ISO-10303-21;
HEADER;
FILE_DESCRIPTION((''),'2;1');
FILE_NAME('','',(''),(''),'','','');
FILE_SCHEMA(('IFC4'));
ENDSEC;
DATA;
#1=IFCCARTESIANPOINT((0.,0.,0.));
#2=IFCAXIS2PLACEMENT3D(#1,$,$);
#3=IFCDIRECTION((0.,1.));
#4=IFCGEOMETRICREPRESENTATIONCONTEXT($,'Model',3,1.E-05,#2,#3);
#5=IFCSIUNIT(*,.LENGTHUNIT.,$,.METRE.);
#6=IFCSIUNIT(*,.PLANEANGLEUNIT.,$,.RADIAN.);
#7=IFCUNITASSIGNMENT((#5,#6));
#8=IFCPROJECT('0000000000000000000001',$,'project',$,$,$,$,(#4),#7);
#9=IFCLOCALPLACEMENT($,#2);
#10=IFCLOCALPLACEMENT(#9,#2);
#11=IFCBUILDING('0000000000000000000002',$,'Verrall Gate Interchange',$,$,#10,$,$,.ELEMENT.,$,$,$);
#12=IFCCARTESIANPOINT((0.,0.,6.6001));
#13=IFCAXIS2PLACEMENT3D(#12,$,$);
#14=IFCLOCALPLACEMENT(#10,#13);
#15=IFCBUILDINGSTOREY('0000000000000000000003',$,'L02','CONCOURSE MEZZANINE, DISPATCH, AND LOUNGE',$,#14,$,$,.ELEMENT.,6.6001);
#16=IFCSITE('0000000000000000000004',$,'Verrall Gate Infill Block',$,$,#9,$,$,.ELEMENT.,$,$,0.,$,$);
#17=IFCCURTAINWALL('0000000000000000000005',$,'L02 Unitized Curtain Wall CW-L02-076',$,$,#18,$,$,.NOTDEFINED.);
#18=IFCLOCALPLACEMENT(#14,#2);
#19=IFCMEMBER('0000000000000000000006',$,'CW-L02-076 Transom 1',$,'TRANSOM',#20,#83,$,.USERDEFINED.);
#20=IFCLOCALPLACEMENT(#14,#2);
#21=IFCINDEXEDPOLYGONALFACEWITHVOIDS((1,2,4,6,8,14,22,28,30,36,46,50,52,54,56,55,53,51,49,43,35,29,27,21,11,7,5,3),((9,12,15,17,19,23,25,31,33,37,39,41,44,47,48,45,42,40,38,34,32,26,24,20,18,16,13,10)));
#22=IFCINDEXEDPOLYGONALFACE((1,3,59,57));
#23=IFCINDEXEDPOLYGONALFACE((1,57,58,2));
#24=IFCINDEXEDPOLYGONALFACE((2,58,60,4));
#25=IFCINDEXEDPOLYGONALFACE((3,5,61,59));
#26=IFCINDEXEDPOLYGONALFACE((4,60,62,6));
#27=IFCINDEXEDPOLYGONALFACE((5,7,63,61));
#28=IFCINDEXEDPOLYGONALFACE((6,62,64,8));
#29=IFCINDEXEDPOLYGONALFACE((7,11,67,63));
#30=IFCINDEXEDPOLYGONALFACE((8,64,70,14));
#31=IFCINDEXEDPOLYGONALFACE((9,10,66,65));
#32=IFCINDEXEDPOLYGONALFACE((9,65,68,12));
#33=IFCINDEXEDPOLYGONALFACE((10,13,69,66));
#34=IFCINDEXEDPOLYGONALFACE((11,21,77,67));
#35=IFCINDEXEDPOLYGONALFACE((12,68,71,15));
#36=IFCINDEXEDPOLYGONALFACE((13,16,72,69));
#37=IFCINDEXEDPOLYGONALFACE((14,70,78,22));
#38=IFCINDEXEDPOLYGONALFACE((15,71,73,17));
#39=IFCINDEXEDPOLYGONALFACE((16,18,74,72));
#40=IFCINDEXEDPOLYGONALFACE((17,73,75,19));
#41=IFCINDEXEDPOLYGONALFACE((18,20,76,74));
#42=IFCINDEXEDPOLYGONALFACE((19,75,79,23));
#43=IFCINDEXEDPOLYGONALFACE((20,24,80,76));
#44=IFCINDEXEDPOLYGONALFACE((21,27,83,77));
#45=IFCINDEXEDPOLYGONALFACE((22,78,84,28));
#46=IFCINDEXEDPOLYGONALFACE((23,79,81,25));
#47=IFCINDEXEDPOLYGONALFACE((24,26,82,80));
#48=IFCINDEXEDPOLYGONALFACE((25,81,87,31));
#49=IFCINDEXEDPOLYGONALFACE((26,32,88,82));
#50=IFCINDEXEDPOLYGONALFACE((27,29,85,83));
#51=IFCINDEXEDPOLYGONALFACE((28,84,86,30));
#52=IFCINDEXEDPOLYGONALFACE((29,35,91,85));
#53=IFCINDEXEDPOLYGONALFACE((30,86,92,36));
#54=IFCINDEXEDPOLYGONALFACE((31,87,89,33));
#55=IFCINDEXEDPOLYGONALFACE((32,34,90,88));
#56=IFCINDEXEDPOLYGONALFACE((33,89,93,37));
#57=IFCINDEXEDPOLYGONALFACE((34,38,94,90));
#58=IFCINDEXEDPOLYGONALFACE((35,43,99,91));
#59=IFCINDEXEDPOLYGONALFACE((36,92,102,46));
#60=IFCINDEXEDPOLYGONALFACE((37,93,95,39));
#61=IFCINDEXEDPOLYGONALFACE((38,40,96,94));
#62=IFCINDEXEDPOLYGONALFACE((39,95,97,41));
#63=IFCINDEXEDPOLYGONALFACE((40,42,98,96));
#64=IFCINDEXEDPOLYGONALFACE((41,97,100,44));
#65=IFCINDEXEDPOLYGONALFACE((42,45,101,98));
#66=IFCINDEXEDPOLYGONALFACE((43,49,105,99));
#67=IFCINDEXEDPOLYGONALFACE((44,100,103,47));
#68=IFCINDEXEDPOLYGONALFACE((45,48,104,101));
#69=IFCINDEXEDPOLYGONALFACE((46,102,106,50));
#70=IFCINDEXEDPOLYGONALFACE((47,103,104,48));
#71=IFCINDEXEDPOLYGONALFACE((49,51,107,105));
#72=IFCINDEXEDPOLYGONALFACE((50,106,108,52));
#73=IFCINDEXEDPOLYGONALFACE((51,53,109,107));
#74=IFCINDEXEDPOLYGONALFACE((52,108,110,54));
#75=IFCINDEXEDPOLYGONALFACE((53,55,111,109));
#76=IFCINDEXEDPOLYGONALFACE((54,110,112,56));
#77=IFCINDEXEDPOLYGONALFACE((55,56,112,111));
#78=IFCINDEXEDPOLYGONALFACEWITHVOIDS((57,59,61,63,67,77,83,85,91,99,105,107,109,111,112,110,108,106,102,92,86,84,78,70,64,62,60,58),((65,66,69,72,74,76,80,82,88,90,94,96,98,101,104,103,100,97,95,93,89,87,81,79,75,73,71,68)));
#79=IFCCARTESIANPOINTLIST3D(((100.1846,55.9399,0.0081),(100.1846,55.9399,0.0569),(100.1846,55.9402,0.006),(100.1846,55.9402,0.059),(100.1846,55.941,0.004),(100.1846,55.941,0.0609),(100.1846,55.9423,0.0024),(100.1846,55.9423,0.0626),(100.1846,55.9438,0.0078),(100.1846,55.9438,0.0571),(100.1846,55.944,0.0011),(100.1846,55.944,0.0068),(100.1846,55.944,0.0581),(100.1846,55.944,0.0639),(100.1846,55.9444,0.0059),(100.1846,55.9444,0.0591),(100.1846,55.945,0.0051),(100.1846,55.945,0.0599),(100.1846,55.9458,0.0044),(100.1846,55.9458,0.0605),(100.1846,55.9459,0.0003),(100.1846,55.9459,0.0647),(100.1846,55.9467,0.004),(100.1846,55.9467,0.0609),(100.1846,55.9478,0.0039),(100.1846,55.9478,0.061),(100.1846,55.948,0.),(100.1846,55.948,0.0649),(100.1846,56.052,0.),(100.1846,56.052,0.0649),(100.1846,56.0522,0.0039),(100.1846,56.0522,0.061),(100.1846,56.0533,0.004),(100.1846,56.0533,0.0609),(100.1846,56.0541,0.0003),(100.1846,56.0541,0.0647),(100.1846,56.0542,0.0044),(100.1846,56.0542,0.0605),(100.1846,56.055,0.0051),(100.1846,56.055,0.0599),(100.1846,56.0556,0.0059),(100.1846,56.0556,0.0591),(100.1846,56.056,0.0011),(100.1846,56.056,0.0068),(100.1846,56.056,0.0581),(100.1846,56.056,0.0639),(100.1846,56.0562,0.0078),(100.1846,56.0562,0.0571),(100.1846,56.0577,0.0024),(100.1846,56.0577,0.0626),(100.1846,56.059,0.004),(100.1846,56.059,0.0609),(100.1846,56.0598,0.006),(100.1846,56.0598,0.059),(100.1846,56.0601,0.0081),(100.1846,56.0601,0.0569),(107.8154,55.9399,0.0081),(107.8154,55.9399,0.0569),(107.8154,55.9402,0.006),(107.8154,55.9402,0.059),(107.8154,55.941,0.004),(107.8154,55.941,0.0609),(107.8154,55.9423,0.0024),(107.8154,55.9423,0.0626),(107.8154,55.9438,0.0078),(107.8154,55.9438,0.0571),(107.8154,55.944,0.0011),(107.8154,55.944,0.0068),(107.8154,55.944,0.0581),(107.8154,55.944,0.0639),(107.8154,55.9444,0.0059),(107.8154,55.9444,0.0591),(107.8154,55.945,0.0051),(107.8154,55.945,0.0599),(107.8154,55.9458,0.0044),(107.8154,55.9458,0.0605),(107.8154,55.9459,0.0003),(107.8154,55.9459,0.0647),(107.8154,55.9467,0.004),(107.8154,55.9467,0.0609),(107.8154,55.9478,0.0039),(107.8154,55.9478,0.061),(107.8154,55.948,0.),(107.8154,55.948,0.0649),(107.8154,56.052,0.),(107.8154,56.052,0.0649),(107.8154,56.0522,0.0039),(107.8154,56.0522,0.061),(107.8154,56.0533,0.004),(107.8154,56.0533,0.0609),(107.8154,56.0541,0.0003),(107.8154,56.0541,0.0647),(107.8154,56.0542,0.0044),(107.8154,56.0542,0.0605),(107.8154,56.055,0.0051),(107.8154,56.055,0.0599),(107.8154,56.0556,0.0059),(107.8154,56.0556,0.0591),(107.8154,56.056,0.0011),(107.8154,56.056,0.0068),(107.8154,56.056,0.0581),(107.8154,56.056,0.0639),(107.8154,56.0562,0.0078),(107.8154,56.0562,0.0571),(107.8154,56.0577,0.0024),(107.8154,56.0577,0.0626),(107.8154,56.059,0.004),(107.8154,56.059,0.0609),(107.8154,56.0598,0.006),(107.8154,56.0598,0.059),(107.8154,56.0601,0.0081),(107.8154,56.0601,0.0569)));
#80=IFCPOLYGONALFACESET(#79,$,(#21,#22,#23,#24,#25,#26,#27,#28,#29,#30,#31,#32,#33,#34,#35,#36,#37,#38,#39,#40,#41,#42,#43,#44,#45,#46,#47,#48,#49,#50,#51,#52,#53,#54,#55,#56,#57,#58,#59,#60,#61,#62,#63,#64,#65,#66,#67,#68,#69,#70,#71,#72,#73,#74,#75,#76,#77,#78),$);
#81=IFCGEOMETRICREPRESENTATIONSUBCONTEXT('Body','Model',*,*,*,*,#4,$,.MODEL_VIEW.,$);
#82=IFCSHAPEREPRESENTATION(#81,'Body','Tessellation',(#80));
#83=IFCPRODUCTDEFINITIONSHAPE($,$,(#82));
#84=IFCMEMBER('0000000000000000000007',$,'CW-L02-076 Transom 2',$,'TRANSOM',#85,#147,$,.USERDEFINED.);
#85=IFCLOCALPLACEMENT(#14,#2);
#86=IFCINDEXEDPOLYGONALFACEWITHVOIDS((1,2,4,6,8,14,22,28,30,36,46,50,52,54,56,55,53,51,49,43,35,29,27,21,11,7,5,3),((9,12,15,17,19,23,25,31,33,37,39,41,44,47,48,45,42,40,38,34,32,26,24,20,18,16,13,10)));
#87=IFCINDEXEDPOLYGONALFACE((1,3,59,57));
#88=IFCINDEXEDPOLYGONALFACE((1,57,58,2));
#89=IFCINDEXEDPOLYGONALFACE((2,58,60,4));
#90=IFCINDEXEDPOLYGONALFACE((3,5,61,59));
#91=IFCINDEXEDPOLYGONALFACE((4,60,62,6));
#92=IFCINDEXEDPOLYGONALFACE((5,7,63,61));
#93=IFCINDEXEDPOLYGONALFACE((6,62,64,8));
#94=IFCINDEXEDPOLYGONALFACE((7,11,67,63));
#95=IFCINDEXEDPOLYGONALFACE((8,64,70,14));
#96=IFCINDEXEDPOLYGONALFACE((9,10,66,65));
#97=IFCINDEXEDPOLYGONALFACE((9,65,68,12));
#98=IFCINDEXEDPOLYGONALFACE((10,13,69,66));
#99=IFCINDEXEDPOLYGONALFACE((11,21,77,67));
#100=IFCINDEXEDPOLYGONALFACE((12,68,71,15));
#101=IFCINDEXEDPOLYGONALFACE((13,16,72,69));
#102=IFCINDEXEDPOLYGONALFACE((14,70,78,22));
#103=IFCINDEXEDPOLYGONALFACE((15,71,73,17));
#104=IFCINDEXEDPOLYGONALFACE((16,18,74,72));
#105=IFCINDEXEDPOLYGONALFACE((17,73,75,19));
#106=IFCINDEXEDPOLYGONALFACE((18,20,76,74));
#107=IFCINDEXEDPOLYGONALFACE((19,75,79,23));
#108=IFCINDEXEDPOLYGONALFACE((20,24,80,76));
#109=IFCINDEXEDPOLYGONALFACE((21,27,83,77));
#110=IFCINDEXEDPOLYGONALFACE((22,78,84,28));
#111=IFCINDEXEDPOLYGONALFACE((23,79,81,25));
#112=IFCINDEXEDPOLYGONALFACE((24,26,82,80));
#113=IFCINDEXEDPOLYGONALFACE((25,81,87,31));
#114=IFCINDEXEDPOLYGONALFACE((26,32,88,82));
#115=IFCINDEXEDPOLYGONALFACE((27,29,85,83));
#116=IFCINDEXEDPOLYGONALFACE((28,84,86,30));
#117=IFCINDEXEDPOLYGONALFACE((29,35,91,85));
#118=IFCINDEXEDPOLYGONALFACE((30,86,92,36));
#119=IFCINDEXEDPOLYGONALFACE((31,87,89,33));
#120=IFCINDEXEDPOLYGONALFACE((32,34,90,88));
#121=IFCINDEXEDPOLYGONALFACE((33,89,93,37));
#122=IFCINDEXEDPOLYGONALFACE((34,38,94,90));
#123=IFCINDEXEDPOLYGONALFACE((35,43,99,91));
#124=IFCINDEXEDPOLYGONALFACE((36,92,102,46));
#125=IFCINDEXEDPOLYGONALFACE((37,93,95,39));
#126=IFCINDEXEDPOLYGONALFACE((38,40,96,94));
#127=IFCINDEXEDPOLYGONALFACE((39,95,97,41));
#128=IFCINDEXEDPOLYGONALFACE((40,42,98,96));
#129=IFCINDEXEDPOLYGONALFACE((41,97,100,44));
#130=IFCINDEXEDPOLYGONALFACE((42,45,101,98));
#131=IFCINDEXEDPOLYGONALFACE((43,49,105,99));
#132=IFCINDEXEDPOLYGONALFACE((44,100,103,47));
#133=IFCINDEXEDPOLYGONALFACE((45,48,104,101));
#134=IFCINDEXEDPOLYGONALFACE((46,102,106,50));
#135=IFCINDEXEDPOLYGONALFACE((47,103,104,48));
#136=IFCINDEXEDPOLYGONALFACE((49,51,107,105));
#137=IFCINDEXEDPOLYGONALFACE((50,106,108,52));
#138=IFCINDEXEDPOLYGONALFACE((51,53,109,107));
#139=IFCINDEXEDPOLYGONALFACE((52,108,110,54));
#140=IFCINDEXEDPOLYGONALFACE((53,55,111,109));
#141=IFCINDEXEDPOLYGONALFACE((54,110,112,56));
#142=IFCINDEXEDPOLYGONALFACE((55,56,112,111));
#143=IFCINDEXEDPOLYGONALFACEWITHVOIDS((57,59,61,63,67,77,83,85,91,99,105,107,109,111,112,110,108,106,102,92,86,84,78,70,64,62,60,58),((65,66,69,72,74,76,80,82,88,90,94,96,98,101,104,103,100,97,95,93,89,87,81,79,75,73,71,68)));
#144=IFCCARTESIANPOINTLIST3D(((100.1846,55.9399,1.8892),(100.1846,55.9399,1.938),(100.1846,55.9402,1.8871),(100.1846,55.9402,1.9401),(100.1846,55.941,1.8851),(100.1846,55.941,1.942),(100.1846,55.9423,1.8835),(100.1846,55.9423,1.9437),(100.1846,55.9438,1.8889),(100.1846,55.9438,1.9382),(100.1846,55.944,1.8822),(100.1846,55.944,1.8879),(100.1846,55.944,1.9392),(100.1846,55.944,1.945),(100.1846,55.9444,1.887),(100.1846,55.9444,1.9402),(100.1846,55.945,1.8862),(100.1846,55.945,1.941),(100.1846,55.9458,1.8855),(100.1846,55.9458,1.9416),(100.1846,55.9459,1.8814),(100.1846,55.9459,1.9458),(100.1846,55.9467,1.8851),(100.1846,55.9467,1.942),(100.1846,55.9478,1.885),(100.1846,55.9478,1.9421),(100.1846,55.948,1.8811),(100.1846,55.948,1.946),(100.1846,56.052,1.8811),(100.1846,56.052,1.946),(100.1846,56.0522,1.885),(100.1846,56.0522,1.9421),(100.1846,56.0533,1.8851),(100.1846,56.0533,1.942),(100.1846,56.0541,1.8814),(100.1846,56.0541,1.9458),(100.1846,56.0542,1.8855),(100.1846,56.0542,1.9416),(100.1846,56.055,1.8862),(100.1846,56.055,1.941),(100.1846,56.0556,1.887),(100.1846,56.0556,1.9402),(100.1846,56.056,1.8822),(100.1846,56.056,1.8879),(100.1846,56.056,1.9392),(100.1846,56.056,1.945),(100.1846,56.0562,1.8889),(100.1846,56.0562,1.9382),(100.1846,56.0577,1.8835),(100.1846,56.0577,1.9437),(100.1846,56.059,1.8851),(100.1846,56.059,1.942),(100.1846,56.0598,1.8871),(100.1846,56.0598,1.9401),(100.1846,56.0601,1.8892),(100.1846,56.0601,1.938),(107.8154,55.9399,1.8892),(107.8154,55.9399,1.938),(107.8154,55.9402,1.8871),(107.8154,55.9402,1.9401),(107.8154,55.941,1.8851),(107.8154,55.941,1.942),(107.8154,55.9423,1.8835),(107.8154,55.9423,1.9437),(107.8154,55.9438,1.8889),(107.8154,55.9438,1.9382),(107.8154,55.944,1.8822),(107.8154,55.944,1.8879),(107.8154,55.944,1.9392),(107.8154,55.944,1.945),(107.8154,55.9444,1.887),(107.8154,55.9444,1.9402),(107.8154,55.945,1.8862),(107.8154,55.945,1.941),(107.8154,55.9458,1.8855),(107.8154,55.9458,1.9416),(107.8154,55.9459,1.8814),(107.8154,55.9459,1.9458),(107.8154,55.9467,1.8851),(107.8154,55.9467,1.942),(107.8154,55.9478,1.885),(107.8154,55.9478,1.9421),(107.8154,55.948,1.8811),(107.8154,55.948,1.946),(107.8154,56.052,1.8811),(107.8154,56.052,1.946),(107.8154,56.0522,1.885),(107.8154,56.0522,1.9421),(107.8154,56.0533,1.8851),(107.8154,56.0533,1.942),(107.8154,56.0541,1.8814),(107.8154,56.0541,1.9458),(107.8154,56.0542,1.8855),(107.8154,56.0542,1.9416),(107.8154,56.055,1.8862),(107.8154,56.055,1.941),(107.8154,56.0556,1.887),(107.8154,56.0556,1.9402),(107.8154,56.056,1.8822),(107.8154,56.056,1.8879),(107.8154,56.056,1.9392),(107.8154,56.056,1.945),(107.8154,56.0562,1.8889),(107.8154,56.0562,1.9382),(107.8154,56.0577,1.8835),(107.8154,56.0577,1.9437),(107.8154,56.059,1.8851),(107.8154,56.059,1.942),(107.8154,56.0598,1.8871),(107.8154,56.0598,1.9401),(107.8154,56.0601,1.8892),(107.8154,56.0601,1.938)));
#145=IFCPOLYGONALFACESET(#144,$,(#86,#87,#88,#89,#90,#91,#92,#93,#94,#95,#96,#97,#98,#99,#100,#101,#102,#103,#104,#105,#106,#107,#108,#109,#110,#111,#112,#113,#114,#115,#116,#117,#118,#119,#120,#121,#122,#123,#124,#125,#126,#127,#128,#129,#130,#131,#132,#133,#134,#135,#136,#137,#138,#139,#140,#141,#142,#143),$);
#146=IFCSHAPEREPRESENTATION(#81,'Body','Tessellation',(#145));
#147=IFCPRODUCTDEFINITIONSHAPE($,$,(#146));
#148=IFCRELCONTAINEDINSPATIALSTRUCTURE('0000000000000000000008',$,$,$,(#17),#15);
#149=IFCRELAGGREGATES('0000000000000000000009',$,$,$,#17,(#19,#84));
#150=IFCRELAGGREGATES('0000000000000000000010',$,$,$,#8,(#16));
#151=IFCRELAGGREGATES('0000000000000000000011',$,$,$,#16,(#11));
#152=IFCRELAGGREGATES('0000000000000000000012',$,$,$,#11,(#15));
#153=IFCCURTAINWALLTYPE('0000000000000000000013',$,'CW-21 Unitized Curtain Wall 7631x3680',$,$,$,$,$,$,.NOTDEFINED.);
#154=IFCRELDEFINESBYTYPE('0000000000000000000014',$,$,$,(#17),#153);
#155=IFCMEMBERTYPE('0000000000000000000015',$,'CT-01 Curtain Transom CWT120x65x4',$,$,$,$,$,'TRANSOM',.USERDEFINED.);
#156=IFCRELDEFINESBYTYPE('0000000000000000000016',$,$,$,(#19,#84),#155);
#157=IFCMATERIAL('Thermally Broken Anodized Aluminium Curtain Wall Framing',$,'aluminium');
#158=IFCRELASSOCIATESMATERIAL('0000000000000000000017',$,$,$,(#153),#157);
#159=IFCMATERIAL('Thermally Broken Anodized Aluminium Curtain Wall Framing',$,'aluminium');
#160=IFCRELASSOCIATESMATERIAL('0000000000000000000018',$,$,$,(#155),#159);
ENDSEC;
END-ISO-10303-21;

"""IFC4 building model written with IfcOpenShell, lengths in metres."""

from ifc_helpers import new_model, si_unit, direction, frame, origin, origin_2d, place, context, subcontext, project, spatial, hollow_rectangle, extrude, material, material_profile, profile_set, type_object, element, aggregate, save


model = new_model("IFC4")

# Units and contexts
model_context = context("Model", 3, precision=1e-05, world=origin(), true_north=direction((0.0, 1.0)))
body_context = subcontext(model_context, "Body", "Model", "MODEL_VIEW")
ifc_project = project(units=[si_unit("LENGTHUNIT", "METRE"), si_unit("PLANEANGLEUNIT", "RADIAN")], contexts=[model_context])

# Site, building, storey
site_placement = place(None, origin())
site = spatial("IfcSite", under=ifc_project, at=site_placement, Name="Verrall Gate Infill Block", CompositionType="ELEMENT", RefElevation=0.0)
building_placement = place(site_placement, origin())
building = spatial("IfcBuilding", under=site, at=building_placement, Name="Verrall Gate Interchange", CompositionType="ELEMENT")
storey_placement = place(building_placement, frame((0.0, 0.0, 6.6001)))
storey = spatial("IfcBuildingStorey", under=building, at=storey_placement, Name="L02", Description="CONCOURSE MEZZANINE, DISPATCH, AND LOUNGE", CompositionType="ELEMENT", Elevation=6.6001)

# Curtain wall
ifc_material_1 = material(Name="Thermally Broken Anodized Aluminium Curtain Wall Framing", Category="aluminium")
curtain_wall_type_1 = type_object("IfcCurtainWallType", Name="CW-21 Unitized Curtain Wall 7631x3680", PredefinedType="NOTDEFINED", material=ifc_material_1)
curtain_wall_1_placement = place(storey_placement, origin())
curtain_wall_1 = element("IfcCurtainWall", 1, at=curtain_wall_1_placement, inside=storey, type_object=curtain_wall_type_1, Name="L02 Unitized Curtain Wall CW-L02-076", PredefinedType="NOTDEFINED")

# Members
ifc_material_2 = material(Name="Thermally Broken Anodized Aluminium Curtain Wall Framing", Category="aluminium")
ifc_material_profile_1 = material_profile(ifc_material_2, hollow_rectangle(XDim=0.1201, YDim=0.0649, WallThickness=0.0039, InnerFilletRadius=0.0039, OuterFilletRadius=0.0081, at=origin_2d()), Name="CWT120x65x4")
ifc_profile_set_1 = profile_set([ifc_material_profile_1], Name="Thermally Broken Anodized Aluminium Curtain Wall Framing")
member_type_1 = type_object("IfcMemberType", Name="CT-01 Curtain Transom CWT120x65x4", ElementType="TRANSOM", PredefinedType="USERDEFINED", material=ifc_profile_set_1)
member_1_placement = place(storey_placement, frame((107.8154, 56.0, 0.0325), z_axis=(-1.0, 0.0, 0.0), x_axis=(0.0, -1.0, 0.0)))
member_1 = element("IfcMember", 2, at=member_1_placement, type_object=member_type_1, Name="CW-L02-076 Transom 1", ObjectType="TRANSOM", PredefinedType="USERDEFINED", context=body_context, shape_type="SweptSolid", body=[
    extrude(hollow_rectangle(XDim=0.1201, YDim=0.0649, WallThickness=0.0039, InnerFilletRadius=0.0039, OuterFilletRadius=0.0081, at=origin_2d()), origin(), (0.0, 0.0, 1.0), 7.6309),
])
member_2_placement = place(storey_placement, frame((107.8154, 56.0, 1.9136), z_axis=(-1.0, 0.0, 0.0), x_axis=(0.0, -1.0, 0.0)))
member_2 = element("IfcMember", 3, at=member_2_placement, type_object=member_type_1, Name="CW-L02-076 Transom 2", ObjectType="TRANSOM", PredefinedType="USERDEFINED", context=body_context, shape_type="SweptSolid", body=[
    extrude(hollow_rectangle(XDim=0.1201, YDim=0.0649, WallThickness=0.0039, InnerFilletRadius=0.0039, OuterFilletRadius=0.0081, at=origin_2d()), origin(), (0.0, 0.0, 1.0), 7.6309),
])

aggregate(curtain_wall_1, [member_1, member_2])

save(model, "model.ifc")
